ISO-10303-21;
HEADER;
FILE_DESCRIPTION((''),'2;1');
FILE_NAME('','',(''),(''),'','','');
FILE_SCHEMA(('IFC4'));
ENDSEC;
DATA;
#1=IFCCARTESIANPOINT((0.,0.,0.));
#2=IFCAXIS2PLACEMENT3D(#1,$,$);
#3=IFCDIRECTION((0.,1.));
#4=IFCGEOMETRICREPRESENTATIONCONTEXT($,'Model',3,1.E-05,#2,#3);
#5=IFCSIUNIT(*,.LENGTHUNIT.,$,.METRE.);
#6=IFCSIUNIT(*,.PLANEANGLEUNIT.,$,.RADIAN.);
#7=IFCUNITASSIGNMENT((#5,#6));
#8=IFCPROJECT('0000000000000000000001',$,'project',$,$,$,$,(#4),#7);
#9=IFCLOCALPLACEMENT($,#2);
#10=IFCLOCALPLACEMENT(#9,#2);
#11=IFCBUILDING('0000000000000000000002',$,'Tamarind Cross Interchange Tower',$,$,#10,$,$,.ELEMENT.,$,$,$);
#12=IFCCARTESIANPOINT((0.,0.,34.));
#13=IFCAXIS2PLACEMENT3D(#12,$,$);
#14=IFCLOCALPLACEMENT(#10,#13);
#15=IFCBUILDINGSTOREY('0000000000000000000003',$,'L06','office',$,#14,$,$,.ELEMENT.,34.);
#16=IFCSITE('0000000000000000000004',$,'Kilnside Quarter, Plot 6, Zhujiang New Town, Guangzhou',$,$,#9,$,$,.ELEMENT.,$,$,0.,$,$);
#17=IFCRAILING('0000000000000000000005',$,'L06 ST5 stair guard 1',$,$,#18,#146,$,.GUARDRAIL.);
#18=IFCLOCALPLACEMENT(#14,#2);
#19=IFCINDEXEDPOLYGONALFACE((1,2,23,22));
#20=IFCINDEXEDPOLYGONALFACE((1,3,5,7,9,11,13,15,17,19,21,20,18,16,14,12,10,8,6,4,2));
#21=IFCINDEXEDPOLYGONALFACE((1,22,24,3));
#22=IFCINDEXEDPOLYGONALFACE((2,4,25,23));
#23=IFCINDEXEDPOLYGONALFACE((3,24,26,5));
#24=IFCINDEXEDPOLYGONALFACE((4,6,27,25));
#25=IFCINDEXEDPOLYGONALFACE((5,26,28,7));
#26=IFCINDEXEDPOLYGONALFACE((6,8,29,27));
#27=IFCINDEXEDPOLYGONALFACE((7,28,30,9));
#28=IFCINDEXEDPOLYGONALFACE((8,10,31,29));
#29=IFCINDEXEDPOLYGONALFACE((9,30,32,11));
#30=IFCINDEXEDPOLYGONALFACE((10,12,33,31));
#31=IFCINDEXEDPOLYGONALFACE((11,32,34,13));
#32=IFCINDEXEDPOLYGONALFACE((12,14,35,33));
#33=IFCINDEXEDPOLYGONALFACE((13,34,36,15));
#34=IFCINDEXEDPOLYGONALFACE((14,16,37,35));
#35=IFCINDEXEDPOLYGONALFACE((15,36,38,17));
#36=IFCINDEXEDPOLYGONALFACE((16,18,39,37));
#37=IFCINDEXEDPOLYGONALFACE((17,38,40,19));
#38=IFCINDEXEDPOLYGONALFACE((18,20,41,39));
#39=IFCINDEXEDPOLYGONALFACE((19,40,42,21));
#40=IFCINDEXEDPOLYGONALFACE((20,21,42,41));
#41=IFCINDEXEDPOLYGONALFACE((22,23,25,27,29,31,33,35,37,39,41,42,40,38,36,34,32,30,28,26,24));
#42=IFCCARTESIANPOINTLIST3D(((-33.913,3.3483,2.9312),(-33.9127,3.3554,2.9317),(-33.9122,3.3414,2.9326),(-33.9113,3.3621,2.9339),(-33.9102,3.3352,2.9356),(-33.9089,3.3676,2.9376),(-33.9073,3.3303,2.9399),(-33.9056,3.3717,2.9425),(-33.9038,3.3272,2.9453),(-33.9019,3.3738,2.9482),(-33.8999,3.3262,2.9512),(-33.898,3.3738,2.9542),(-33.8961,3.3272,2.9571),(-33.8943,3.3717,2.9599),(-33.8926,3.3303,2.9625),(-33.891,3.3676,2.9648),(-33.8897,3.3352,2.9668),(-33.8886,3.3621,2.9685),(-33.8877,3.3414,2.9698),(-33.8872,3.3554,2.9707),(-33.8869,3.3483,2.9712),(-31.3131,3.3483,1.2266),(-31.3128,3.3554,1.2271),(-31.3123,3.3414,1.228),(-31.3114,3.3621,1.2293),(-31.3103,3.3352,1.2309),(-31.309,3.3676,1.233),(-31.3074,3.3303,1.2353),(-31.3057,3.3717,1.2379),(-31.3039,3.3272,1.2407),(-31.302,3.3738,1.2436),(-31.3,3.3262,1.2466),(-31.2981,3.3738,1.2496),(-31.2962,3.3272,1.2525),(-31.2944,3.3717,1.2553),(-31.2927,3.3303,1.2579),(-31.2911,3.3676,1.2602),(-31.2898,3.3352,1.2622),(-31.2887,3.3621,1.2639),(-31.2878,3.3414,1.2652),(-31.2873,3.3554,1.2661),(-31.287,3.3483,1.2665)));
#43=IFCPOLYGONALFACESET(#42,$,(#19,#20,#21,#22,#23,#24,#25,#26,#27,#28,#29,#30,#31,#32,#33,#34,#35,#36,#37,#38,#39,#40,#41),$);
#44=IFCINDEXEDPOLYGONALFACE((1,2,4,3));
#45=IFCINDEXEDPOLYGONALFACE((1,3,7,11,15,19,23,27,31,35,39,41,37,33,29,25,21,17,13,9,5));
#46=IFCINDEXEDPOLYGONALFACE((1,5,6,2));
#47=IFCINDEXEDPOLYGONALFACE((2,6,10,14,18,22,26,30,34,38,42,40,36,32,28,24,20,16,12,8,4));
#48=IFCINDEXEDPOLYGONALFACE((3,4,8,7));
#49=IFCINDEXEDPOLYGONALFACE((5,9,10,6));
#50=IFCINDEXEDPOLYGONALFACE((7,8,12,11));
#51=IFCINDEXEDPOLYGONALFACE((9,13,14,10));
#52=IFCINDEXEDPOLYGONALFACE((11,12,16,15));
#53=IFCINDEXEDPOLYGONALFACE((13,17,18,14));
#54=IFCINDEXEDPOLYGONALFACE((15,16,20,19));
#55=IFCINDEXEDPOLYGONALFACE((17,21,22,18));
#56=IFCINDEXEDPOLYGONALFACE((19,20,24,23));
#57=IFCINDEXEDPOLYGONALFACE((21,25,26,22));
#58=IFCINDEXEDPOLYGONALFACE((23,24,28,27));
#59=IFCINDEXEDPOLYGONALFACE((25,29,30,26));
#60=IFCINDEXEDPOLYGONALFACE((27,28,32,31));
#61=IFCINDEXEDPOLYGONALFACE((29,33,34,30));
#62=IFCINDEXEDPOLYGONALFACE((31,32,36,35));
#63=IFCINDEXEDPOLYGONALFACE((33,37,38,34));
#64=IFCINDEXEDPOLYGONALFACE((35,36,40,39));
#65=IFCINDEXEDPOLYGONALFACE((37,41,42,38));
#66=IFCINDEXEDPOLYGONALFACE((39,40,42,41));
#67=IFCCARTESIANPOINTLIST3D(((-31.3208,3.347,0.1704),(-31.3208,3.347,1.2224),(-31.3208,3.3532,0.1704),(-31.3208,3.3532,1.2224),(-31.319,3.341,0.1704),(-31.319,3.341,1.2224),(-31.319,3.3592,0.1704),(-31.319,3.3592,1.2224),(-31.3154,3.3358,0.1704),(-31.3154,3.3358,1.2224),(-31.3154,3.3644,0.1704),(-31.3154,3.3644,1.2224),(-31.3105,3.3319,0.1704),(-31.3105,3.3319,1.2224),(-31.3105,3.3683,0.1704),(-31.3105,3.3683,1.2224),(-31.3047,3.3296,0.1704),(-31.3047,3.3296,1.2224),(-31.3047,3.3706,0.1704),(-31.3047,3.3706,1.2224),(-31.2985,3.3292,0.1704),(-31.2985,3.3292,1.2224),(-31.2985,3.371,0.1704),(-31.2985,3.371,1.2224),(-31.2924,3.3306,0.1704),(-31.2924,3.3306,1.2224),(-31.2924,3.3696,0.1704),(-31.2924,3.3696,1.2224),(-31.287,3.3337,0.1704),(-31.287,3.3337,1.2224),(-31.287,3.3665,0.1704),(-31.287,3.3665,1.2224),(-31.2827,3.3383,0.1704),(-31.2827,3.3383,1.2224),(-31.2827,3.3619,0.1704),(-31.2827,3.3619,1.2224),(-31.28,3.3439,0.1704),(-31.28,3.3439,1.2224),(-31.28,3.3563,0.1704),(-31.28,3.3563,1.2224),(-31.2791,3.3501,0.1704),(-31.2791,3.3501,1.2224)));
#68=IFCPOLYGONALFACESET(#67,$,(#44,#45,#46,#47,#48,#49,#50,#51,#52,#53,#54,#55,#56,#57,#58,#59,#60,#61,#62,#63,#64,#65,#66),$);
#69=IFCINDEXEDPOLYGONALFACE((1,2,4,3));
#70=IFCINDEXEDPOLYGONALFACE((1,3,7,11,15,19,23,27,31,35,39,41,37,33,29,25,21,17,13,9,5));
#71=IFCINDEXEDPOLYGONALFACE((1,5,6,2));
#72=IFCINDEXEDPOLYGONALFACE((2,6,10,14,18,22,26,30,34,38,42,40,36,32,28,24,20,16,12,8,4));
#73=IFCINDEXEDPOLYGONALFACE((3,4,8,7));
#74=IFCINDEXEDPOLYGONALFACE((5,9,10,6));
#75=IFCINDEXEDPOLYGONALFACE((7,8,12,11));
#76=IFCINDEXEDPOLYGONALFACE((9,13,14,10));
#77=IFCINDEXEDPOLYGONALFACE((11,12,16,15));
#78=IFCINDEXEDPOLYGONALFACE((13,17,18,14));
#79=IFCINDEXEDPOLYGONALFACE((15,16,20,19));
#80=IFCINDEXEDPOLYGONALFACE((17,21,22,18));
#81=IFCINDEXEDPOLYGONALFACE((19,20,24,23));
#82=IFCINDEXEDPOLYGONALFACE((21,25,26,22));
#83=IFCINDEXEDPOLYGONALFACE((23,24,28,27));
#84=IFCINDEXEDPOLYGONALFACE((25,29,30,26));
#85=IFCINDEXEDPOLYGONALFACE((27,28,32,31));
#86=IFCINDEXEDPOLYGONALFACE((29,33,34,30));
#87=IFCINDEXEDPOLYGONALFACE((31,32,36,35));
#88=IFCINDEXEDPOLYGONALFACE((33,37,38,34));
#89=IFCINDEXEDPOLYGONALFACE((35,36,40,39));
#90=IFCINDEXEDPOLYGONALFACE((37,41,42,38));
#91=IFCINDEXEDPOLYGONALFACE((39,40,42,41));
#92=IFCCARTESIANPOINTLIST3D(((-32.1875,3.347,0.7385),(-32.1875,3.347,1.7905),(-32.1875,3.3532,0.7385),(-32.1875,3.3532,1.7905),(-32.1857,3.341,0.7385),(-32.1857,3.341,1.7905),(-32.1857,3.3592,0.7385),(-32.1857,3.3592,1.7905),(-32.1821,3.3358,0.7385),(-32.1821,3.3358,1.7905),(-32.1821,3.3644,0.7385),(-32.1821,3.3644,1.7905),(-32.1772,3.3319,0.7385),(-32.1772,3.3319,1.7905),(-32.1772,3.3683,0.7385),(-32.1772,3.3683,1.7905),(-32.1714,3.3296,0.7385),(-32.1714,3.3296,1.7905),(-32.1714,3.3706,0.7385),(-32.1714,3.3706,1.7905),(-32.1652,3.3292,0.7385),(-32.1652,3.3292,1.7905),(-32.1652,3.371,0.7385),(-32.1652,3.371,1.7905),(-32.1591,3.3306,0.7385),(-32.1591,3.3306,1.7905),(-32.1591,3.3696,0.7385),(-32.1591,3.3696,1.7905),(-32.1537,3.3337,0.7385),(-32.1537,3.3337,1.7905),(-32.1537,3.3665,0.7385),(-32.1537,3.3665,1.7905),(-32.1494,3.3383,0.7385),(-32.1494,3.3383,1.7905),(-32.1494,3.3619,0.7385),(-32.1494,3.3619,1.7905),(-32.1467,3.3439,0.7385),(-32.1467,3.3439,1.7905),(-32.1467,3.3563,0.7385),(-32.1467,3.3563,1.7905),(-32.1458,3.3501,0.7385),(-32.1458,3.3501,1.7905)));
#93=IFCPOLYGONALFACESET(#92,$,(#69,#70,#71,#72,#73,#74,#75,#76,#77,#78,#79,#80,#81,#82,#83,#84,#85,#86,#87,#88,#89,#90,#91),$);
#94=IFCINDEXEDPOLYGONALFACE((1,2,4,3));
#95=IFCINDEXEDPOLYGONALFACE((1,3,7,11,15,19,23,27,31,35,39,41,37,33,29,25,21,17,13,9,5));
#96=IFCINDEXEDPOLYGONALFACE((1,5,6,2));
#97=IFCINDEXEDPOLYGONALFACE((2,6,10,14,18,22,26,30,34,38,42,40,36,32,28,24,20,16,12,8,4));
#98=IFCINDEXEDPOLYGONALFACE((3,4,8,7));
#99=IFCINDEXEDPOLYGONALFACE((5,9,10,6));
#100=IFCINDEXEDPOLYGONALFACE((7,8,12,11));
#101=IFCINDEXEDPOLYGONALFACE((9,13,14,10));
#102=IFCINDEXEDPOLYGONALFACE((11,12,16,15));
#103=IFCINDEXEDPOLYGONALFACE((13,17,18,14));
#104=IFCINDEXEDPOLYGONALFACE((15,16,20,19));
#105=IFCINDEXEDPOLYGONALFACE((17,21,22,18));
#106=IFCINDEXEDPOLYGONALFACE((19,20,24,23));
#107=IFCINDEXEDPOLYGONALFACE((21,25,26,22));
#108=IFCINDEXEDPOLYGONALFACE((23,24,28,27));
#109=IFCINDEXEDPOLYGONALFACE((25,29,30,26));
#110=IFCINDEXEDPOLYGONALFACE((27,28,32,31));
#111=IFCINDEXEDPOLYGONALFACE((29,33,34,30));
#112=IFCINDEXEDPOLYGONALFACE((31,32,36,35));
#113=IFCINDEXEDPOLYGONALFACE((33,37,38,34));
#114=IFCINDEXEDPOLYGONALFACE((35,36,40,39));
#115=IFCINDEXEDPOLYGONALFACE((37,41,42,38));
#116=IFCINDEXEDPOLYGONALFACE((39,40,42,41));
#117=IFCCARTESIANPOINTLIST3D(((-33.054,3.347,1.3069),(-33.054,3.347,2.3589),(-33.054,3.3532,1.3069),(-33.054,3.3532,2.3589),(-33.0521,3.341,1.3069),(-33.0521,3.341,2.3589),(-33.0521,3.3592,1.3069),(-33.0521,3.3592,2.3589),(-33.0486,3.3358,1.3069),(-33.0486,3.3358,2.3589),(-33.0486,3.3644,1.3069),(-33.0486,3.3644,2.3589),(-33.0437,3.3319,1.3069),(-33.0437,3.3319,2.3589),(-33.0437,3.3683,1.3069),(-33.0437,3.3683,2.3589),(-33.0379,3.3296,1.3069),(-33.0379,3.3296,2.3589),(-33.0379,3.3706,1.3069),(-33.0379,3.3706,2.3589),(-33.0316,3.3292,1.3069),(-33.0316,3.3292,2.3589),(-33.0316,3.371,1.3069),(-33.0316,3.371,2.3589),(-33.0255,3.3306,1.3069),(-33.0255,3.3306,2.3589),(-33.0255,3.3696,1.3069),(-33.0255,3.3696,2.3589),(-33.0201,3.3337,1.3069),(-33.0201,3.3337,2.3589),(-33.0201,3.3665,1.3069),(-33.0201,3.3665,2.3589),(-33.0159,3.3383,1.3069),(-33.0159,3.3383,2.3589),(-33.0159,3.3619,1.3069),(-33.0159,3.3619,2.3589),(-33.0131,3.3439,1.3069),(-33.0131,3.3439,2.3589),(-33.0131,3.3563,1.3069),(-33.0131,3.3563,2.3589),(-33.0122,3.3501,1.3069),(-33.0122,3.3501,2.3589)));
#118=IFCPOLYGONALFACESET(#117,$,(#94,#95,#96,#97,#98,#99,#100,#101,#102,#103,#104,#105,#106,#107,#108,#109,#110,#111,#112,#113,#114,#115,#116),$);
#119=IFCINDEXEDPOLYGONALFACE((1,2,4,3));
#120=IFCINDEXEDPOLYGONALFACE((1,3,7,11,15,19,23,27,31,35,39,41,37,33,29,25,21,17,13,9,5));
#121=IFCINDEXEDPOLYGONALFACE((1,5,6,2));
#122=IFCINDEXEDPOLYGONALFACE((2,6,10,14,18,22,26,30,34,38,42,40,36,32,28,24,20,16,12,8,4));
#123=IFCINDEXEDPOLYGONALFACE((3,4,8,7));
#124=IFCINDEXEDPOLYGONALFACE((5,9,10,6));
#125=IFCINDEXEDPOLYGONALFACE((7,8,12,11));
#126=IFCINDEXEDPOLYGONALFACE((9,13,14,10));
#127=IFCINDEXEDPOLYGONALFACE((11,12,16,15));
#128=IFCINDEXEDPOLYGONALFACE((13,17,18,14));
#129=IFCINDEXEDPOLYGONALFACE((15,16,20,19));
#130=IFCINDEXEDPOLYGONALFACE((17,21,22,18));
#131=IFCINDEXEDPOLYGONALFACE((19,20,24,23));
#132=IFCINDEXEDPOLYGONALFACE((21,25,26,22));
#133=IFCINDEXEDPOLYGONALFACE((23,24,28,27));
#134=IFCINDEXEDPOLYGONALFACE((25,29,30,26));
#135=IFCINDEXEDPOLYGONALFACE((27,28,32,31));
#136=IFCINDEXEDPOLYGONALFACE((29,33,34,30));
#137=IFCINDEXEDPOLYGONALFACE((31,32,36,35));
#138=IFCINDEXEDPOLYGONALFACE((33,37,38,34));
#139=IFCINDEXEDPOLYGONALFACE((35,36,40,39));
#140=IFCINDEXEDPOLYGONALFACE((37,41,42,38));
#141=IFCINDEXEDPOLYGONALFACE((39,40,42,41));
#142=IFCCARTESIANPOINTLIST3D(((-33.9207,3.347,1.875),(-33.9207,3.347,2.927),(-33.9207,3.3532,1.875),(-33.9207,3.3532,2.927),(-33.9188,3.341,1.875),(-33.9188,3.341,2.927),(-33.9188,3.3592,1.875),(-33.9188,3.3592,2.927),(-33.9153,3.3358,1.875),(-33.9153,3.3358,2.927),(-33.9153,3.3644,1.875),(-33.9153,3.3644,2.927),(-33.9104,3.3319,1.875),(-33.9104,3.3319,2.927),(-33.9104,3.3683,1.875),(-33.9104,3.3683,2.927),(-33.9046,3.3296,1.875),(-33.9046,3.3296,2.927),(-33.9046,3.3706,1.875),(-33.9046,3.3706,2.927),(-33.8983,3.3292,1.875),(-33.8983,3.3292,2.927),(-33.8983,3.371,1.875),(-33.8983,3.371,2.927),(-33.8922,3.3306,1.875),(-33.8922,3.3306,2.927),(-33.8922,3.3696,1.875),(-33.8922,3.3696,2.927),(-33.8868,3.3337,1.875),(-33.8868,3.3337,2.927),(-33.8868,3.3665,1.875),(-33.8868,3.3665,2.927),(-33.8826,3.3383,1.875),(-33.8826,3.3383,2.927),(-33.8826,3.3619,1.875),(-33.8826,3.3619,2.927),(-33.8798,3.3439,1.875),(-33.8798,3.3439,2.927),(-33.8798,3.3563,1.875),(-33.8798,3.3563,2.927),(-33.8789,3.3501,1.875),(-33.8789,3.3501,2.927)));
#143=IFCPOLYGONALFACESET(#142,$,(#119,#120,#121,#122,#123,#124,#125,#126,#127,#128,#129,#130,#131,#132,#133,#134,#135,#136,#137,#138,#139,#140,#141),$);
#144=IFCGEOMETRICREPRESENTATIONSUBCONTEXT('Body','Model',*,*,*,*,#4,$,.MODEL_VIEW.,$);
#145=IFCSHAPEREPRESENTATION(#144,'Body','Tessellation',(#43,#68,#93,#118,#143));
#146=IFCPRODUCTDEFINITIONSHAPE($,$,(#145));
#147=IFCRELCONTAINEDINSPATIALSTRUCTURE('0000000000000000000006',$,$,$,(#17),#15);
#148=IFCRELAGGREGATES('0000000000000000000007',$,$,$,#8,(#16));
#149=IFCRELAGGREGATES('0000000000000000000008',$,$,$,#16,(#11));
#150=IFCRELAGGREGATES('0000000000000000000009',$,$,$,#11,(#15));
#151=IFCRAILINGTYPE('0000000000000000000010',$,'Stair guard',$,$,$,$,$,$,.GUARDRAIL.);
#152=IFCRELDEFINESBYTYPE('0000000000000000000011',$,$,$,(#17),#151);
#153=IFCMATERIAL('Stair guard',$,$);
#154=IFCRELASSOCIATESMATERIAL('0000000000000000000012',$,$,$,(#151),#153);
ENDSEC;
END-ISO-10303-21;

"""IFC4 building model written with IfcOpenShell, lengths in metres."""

from ifc_helpers import new_model, si_unit, direction, frame, origin, origin_2d, place, context, subcontext, project, spatial, circle, extrude, material, type_object, element, save


model = new_model("IFC4")

# Units and contexts
model_context = context("Model", 3, precision=1e-05, world=origin(), true_north=direction((0.0, 1.0)))
body_context = subcontext(model_context, "Body", "Model", "MODEL_VIEW")
ifc_project = project(units=[si_unit("LENGTHUNIT", "METRE"), si_unit("PLANEANGLEUNIT", "RADIAN")], contexts=[model_context])

# Site, building, storey
site_placement = place(None, origin())
site = spatial("IfcSite", under=ifc_project, at=site_placement, Name="Kilnside Quarter, Plot 6, Zhujiang New Town, Guangzhou", CompositionType="ELEMENT", RefElevation=0.0)
building_placement = place(site_placement, origin())
building = spatial("IfcBuilding", under=site, at=building_placement, Name="Tamarind Cross Interchange Tower", CompositionType="ELEMENT")
storey_placement = place(building_placement, frame((0.0, 0.0, 34.0)))
storey = spatial("IfcBuildingStorey", under=building, at=storey_placement, Name="L06", Description="office", CompositionType="ELEMENT", Elevation=34.0)

# Railing
ifc_material_1 = material(Name="Stair guard")
railing_type_1 = type_object("IfcRailingType", Name="Stair guard", PredefinedType="GUARDRAIL", material=ifc_material_1)
railing_1_placement = place(storey_placement, frame((-31.3, 3.3501, 0.1704)))
element("IfcRailing", 1, at=railing_1_placement, inside=storey, type_object=railing_type_1, Name="L06 ST5 stair guard 1", PredefinedType="GUARDRAIL", context=body_context, shape_type="SweptSolid", body=[
    extrude(circle(Radius=0.0239, at=origin_2d()), frame((0.0, 0.0, 1.0762), z_axis=(-0.836279, 0.0, 0.548305), x_axis=(0.0, -1.0, 0.0)), (0.0, 0.0, 1.0), 3.1089),
    extrude(circle(Radius=0.021, at=origin_2d()), origin(), (0.0, 0.0, 1.0), 1.052),
    extrude(circle(Radius=0.021, at=origin_2d()), frame((-0.8667, 0.0, 0.5681)), (0.0, 0.0, 1.0), 1.052),
    extrude(circle(Radius=0.021, at=origin_2d()), frame((-1.7332, 0.0, 1.1365)), (0.0, 0.0, 1.0), 1.052),
    extrude(circle(Radius=0.021, at=origin_2d()), frame((-2.5999, 0.0, 1.7046)), (0.0, 0.0, 1.0), 1.052),
])

save(model, "model.ifc")
